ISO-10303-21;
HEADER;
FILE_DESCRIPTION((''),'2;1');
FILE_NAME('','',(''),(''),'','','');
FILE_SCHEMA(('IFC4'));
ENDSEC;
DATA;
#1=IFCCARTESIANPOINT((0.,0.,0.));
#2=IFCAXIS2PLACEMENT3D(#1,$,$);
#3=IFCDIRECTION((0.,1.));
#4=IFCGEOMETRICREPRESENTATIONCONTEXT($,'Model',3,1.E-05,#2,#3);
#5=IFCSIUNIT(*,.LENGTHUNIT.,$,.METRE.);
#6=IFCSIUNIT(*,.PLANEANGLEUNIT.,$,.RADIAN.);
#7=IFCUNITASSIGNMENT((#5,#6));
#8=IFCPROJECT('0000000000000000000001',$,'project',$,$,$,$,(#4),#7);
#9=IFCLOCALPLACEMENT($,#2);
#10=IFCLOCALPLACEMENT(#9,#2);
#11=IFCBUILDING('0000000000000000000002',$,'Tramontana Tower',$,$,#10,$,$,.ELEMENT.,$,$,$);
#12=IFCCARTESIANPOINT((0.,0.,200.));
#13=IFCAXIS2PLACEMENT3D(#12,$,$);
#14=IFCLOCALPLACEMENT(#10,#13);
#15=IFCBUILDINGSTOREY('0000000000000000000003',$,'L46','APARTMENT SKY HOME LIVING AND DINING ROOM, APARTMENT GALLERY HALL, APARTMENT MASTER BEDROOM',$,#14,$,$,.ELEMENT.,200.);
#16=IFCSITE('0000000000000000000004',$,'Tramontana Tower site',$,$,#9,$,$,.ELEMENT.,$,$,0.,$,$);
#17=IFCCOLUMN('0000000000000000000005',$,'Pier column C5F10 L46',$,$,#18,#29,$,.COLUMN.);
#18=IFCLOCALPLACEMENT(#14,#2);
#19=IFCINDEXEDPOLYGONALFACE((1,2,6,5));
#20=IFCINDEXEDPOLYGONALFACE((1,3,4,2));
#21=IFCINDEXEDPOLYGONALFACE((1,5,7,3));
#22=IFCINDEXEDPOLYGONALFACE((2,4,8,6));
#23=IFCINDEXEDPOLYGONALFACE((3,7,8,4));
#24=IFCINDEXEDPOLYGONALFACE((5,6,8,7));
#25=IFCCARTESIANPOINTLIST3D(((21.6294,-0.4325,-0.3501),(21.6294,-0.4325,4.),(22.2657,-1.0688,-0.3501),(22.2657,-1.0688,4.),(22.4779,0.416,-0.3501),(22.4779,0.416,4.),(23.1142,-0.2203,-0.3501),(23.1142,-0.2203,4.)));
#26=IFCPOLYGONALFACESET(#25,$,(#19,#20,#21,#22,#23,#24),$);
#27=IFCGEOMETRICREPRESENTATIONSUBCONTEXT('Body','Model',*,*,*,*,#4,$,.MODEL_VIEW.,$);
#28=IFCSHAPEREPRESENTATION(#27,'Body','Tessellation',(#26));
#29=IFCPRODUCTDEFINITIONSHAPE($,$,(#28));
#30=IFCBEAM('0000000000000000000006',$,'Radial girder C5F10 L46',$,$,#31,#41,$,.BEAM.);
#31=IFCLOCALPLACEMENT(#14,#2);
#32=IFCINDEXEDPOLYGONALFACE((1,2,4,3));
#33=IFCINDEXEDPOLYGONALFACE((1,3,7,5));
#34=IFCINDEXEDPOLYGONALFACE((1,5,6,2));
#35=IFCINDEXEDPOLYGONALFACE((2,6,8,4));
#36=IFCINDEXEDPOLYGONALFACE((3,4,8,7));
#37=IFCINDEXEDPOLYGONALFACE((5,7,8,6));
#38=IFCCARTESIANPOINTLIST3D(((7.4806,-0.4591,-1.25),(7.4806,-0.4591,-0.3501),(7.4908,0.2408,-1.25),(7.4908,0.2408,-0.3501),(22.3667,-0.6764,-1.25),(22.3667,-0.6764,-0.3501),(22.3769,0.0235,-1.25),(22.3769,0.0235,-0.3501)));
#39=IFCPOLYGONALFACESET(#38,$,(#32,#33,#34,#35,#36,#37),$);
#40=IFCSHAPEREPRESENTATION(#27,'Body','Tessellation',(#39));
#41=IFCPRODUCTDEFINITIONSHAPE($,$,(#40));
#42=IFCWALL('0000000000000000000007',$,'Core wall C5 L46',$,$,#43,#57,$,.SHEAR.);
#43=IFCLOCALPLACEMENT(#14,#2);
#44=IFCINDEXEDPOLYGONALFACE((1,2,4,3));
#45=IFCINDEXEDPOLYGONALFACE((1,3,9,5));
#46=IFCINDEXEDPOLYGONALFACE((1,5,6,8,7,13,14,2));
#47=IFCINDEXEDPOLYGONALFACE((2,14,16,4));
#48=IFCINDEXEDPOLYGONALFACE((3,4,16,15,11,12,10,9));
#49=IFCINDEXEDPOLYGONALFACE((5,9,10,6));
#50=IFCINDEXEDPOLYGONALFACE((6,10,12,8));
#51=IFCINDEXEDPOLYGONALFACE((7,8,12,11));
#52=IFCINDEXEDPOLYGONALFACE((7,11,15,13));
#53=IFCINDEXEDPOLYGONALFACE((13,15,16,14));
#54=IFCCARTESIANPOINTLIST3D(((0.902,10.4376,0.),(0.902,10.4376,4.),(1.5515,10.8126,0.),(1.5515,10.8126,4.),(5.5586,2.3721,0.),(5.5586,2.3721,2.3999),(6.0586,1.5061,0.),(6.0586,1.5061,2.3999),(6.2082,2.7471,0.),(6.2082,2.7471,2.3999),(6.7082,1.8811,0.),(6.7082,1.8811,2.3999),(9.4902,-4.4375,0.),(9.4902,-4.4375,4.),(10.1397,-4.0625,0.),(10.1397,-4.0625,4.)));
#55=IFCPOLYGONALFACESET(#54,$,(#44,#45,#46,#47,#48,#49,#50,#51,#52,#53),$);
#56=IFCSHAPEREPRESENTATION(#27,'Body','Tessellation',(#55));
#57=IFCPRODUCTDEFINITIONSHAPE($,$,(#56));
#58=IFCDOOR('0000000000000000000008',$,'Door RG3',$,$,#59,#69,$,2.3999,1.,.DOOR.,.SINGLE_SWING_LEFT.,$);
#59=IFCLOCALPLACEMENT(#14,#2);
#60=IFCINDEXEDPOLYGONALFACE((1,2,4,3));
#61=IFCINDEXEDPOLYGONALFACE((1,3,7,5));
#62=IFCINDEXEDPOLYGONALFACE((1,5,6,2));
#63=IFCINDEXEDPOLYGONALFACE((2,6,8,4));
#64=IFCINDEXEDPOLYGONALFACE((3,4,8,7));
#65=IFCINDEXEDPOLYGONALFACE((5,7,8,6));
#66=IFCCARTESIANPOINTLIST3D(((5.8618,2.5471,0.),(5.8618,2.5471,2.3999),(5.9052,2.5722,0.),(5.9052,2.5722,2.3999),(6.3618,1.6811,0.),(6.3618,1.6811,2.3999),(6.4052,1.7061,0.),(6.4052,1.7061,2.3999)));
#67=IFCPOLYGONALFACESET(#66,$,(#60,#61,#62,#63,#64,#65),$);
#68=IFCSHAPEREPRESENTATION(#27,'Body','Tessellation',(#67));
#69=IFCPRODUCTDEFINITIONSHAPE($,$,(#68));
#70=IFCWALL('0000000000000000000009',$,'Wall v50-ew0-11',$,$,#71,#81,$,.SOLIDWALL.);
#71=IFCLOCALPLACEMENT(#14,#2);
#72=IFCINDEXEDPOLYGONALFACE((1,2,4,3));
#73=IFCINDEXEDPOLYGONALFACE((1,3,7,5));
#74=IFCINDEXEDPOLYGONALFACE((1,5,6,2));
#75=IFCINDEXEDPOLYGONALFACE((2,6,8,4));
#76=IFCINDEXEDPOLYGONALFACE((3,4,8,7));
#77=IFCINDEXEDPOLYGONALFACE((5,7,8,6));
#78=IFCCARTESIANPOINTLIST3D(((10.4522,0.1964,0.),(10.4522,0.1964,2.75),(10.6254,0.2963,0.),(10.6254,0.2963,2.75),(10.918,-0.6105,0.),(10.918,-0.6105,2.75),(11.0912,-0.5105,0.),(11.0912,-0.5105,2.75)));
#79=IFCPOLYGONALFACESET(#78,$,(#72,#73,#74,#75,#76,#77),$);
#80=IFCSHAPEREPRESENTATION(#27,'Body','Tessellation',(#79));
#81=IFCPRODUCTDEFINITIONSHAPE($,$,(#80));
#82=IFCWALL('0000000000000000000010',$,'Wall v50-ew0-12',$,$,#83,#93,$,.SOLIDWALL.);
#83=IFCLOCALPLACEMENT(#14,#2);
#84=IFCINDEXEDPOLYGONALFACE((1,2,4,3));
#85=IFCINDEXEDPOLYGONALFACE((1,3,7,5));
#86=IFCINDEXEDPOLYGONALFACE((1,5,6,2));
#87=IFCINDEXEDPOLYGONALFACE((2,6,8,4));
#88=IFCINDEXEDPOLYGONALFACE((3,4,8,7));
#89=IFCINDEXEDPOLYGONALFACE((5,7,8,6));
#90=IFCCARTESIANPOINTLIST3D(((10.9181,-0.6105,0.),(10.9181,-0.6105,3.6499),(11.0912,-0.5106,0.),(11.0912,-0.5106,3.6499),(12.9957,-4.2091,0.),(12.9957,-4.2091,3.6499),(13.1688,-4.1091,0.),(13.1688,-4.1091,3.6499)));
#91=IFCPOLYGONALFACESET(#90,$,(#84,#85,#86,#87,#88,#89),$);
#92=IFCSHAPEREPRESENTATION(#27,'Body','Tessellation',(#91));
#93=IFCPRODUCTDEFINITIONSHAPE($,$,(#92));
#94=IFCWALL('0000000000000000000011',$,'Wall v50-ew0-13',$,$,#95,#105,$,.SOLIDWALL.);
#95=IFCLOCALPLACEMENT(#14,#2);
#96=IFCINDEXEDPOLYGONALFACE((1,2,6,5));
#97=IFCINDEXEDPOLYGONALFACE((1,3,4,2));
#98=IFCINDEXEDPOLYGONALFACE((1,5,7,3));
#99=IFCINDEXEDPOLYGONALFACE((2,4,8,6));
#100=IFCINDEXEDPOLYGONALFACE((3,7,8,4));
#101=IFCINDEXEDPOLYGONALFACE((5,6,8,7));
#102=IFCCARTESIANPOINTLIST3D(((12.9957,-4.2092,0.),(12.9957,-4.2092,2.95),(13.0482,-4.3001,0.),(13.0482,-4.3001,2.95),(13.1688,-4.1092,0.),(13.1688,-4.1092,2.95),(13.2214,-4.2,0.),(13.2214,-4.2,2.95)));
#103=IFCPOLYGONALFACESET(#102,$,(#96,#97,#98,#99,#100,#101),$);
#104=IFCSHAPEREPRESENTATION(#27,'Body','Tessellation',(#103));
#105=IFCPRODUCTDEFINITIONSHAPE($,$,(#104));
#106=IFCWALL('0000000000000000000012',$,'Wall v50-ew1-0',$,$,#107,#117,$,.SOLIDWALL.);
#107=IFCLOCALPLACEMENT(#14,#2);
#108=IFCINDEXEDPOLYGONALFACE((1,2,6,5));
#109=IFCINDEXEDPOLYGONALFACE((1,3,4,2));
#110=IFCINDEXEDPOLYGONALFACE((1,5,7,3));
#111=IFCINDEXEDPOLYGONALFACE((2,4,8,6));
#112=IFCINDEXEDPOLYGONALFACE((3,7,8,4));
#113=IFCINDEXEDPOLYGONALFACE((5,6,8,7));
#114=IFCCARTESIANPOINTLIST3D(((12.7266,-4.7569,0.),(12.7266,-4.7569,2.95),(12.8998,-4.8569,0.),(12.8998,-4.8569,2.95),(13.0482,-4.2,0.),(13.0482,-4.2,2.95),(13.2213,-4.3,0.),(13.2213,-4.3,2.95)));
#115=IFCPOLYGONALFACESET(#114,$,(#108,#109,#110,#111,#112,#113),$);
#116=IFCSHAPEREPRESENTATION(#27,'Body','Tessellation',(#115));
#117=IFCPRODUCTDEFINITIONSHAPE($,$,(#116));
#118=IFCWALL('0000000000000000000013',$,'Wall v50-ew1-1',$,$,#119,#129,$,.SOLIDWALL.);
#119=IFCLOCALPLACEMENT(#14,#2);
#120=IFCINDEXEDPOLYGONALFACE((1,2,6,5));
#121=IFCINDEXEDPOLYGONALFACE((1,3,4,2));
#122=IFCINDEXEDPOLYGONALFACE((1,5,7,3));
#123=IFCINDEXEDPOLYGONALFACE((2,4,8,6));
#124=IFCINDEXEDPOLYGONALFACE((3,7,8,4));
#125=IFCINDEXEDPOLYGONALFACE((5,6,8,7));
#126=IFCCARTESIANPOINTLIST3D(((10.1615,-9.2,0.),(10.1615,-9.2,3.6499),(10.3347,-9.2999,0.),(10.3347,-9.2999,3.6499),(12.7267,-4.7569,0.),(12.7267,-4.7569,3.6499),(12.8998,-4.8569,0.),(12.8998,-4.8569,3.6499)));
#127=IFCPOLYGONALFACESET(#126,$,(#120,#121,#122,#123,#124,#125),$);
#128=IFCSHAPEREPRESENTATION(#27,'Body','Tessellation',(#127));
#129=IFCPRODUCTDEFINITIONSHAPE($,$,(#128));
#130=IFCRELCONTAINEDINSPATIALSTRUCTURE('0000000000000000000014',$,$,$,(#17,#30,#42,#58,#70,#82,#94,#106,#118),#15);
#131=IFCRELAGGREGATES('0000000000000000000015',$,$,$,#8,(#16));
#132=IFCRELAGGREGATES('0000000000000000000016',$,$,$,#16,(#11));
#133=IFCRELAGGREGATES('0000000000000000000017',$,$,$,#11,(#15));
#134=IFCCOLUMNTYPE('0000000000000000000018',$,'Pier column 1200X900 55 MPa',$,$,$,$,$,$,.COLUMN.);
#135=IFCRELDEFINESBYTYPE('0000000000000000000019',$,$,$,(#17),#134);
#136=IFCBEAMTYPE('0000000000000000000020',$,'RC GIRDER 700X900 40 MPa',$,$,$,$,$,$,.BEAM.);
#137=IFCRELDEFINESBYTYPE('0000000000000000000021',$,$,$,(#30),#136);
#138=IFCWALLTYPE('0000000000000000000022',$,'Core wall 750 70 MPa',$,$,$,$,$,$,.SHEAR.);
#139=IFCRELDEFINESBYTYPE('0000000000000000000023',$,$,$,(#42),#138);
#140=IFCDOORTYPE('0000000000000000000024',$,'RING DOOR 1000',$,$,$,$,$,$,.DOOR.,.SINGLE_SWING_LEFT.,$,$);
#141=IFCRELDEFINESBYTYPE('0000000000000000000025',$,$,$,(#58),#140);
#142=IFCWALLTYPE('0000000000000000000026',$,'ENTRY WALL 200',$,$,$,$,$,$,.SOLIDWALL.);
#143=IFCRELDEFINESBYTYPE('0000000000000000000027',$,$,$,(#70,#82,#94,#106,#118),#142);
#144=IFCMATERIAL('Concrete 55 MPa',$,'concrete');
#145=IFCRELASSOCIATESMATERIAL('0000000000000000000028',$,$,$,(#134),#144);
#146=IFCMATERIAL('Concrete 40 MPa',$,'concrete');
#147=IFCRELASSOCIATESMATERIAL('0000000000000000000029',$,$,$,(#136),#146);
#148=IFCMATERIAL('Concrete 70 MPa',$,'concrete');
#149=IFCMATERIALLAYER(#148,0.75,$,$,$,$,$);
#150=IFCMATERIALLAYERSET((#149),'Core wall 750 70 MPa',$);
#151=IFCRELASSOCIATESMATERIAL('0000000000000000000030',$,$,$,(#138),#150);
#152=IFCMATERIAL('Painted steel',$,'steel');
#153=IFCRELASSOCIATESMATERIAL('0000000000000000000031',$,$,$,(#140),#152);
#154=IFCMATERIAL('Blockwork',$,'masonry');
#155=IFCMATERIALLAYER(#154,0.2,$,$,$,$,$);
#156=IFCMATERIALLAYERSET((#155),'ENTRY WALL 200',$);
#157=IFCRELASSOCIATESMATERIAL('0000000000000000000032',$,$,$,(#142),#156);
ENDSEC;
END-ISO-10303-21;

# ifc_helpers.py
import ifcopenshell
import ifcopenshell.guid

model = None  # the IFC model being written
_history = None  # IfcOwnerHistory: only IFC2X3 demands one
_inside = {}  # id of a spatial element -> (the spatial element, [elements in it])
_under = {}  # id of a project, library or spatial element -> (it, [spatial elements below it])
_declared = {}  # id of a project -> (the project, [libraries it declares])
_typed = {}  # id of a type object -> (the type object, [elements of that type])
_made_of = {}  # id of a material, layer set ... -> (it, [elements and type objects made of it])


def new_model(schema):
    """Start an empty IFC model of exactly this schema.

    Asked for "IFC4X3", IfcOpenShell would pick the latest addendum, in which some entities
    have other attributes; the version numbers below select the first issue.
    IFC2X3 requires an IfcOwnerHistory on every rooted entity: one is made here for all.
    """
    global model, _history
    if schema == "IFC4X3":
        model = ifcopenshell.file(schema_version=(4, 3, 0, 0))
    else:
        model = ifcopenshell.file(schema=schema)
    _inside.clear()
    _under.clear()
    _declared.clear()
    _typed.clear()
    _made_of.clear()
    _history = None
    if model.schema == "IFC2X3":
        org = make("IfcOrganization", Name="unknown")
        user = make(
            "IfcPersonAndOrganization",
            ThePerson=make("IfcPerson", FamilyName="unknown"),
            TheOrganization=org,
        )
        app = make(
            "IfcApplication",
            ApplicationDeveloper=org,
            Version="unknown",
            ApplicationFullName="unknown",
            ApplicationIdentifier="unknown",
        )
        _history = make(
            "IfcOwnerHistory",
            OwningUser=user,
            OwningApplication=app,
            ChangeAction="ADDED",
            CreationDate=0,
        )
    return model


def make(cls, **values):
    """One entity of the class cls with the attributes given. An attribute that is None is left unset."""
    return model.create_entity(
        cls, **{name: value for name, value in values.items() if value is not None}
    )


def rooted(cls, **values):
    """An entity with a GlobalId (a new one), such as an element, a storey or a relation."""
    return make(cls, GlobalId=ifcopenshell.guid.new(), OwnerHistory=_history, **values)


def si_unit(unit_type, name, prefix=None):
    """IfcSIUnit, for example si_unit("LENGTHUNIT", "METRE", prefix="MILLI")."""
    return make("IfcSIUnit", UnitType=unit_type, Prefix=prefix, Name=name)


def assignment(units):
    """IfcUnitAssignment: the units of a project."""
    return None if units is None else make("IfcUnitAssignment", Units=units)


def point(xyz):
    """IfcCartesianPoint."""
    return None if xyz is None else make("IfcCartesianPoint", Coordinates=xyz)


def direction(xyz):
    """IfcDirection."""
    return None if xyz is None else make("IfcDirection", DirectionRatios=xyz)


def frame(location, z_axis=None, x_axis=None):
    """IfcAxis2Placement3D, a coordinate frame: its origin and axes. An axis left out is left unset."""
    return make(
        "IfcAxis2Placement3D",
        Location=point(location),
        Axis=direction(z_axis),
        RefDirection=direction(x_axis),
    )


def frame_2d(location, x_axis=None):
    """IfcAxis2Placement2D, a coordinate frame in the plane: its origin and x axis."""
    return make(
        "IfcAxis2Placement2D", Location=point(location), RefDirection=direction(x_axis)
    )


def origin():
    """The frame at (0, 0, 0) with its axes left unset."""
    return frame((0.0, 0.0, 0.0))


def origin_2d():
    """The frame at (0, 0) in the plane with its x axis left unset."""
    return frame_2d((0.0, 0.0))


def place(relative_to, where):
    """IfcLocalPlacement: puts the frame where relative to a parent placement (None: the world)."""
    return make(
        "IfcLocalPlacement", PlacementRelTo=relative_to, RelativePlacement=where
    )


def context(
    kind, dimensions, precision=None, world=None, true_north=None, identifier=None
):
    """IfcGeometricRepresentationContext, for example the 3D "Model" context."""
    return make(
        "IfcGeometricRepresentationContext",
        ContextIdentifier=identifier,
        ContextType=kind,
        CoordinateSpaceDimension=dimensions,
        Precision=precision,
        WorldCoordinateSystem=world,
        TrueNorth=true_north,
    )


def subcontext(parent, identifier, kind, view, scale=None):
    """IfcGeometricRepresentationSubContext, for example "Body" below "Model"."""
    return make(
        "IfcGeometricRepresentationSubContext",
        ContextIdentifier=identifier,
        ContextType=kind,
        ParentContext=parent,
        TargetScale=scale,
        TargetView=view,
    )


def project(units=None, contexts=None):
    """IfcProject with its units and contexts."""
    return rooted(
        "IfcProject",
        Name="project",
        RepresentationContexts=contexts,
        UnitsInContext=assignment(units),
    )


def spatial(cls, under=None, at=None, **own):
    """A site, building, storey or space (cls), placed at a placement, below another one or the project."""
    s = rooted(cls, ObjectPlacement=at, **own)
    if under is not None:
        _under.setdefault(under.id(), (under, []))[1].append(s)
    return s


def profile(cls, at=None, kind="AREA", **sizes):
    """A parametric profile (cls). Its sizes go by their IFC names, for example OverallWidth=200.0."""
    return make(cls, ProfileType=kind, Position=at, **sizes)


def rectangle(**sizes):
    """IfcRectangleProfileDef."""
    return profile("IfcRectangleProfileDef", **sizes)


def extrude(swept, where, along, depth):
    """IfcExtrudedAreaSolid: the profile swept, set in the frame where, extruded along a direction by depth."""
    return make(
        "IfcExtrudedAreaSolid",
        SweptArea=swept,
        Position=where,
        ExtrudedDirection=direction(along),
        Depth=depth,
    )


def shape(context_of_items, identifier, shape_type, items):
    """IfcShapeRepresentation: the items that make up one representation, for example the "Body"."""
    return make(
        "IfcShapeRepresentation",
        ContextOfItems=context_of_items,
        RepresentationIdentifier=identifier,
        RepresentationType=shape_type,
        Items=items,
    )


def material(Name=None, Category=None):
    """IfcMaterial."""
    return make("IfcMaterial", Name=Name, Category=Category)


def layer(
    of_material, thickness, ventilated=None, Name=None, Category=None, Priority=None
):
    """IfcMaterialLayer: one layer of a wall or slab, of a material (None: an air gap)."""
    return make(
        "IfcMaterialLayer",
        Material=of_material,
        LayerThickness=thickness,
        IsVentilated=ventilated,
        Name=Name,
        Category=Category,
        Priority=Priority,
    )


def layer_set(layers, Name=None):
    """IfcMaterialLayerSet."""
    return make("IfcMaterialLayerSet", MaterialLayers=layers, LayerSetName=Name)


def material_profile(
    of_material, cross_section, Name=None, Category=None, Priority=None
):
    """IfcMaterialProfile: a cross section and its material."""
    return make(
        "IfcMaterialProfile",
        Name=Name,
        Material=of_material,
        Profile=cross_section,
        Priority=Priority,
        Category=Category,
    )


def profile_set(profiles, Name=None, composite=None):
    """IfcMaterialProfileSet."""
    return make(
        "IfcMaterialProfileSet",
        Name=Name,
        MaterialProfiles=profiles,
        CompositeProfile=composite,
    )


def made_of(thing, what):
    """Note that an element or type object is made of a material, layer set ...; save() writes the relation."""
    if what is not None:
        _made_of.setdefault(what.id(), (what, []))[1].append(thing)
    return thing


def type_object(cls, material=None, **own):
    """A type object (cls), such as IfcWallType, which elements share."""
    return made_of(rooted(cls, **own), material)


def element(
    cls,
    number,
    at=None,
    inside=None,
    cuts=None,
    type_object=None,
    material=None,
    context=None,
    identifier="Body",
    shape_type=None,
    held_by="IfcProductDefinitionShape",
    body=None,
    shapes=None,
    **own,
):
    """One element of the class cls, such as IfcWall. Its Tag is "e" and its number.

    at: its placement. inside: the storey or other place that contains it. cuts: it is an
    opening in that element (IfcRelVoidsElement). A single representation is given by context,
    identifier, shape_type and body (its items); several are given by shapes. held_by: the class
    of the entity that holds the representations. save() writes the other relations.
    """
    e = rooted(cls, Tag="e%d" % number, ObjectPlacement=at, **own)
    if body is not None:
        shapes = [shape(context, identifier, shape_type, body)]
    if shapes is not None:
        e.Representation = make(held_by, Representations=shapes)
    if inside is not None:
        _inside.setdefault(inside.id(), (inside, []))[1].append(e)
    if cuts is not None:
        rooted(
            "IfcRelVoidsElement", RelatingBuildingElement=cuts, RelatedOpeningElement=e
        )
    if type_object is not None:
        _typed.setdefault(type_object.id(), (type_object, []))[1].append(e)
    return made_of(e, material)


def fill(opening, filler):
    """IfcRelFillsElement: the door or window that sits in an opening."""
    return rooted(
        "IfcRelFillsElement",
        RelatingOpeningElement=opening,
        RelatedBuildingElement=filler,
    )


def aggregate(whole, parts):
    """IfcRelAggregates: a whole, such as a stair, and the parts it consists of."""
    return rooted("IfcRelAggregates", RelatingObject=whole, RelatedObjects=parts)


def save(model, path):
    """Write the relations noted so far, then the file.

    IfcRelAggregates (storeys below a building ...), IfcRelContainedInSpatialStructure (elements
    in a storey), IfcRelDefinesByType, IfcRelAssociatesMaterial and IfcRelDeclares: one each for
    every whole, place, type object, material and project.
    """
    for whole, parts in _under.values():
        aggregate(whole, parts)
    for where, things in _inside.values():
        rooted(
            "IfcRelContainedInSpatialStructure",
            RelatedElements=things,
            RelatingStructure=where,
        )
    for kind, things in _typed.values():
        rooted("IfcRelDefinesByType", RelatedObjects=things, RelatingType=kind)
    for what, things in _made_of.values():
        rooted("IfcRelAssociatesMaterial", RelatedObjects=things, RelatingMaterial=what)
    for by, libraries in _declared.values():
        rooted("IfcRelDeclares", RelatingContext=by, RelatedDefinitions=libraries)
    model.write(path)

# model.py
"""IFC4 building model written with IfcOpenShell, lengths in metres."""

from ifc_helpers import new_model, si_unit, direction, frame, frame_2d, origin, origin_2d, place, context, subcontext, project, spatial, rectangle, extrude, material, layer, layer_set, material_profile, profile_set, type_object, element, fill, save


model = new_model("IFC4")

# Units and contexts
model_context = context("Model", 3, precision=1e-05, world=origin(), true_north=direction((0.0, 1.0)))
body_context = subcontext(model_context, "Body", "Model", "MODEL_VIEW")
ifc_project = project(units=[si_unit("LENGTHUNIT", "METRE"), si_unit("PLANEANGLEUNIT", "RADIAN")], contexts=[model_context])

# Site, building, storey
site_placement = place(None, origin())
site = spatial("IfcSite", under=ifc_project, at=site_placement, Name="Tramontana Tower site", CompositionType="ELEMENT", RefElevation=0.0)
building_placement = place(site_placement, origin())
building = spatial("IfcBuilding", under=site, at=building_placement, Name="Tramontana Tower", CompositionType="ELEMENT")
storey_placement = place(building_placement, frame((0.0, 0.0, 200.0)))
storey = spatial("IfcBuildingStorey", under=building, at=storey_placement, Name="L46", Description="APARTMENT SKY HOME LIVING AND DINING ROOM, APARTMENT GALLERY HALL, APARTMENT MASTER BEDROOM", CompositionType="ELEMENT", Elevation=200.0)

# Column
ifc_material_1 = material(Name="Concrete 55 MPa", Category="concrete")
ifc_material_profile_1 = material_profile(ifc_material_1, rectangle(XDim=1.2, YDim=0.8999, at=origin_2d()), Name="Pier column 1200X900 55 MPa")
ifc_profile_set_1 = profile_set([ifc_material_profile_1], Name="Concrete 55 MPa")
column_type = type_object("IfcColumnType", Name="Pier column 1200X900 55 MPa", PredefinedType="COLUMN", material=ifc_profile_set_1)
column_placement = place(storey_placement, frame((22.3718, -0.3264, -0.3501), z_axis=(0.0, 0.0, 1.0), x_axis=(0.707107, 0.707107, 0.0)))
element("IfcColumn", 1, at=column_placement, inside=storey, type_object=column_type, Name="Pier column C5F10 L46", PredefinedType="COLUMN", context=body_context, shape_type="SweptSolid", body=[
    extrude(rectangle(XDim=1.2, YDim=0.8999, at=origin_2d()), origin(), (0.0, 0.0, 1.0), 4.3501),
])

# Beam
ifc_material_2 = material(Name="Concrete 40 MPa", Category="concrete")
ifc_material_profile_2 = material_profile(ifc_material_2, rectangle(XDim=0.7, YDim=0.8999, at=origin_2d()), Name="RC GIRDER 700X900 40 MPa")
ifc_profile_set_2 = profile_set([ifc_material_profile_2], Name="Concrete 40 MPa")
beam_type = type_object("IfcBeamType", Name="RC GIRDER 700X900 40 MPa", PredefinedType="BEAM", material=ifc_profile_set_2)
beam_placement = place(storey_placement, frame((22.3718, -0.3264, -0.8), z_axis=(-0.999893, 0.014595, 0.0), x_axis=(-0.014595, -0.999893, 0.0)))
element("IfcBeam", 2, at=beam_placement, inside=storey, type_object=beam_type, Name="Radial girder C5F10 L46", PredefinedType="BEAM", context=body_context, shape_type="SweptSolid", body=[
    extrude(rectangle(XDim=0.7, YDim=0.8999, at=origin_2d()), origin(), (0.0, 0.0, 1.0), 14.8877),
])

# Wall, opening, door
ifc_material_3 = material(Name="Concrete 70 MPa", Category="concrete")
ifc_layer_1 = layer(ifc_material_3, 0.75)
ifc_layer_set_1 = layer_set([ifc_layer_1], Name="Core wall 750 70 MPa")
wall_type_1 = type_object("IfcWallType", Name="Core wall 750 70 MPa", PredefinedType="SHEAR", material=ifc_layer_set_1)
wall_1_placement = place(storey_placement, frame((9.8149, -4.25, 0.0), z_axis=(0.0, 0.0, 1.0), x_axis=(-0.500002, 0.866024, 0.0)))
wall_1 = element("IfcWall", 3, at=wall_1_placement, inside=storey, type_object=wall_type_1, Name="Core wall C5 L46", PredefinedType="SHEAR", context=body_context, shape_type="SweptSolid", body=[
    extrude(rectangle(XDim=17.1763, YDim=0.75, at=frame_2d((8.5881, 0.0))), origin(), (0.0, 0.0, 1.0), 4.0),
])
opening_1_placement = place(wall_1_placement, frame((6.863, 0.0, 0.0)))
opening_1 = element("IfcOpeningElement", 4, at=opening_1_placement, cuts=wall_1, PredefinedType="OPENING", context=body_context, shape_type="SweptSolid", body=[
    extrude(rectangle(XDim=1.0, YDim=2.3999, at=frame_2d((0.5, 1.2))), frame((0.0, 0.385, 0.0), z_axis=(0.0, -1.0, 0.0), x_axis=(1.0, 0.0, 0.0)), (0.0, 0.0, 1.0), 0.77),
])
ifc_material_4 = material(Name="Painted steel", Category="steel")
door_type_1 = type_object("IfcDoorType", Name="RING DOOR 1000", OperationType="SINGLE_SWING_LEFT", PredefinedType="DOOR", material=ifc_material_4)
door_1_placement = place(opening_1_placement, origin())
door_1 = element("IfcDoor", 5, at=door_1_placement, inside=storey, type_object=door_type_1, Name="Door RG3", OperationType="SINGLE_SWING_LEFT", OverallHeight=2.3999, OverallWidth=1.0, PredefinedType="DOOR", context=body_context, shape_type="SweptSolid", body=[
    extrude(rectangle(XDim=1.0, YDim=2.3999, at=frame_2d((0.5, 1.2))), frame((0.0, 0.0249, 0.0), z_axis=(0.0, -1.0, 0.0), x_axis=(1.0, 0.0, 0.0)), (0.0, 0.0, 1.0), 0.05),
])
fill(opening_1, door_1)

# Walls
ifc_material_5 = material(Name="Blockwork", Category="masonry")
ifc_layer_2 = layer(ifc_material_5, 0.2)
ifc_layer_set_2 = layer_set([ifc_layer_2], Name="ENTRY WALL 200")
wall_type_2 = type_object("IfcWallType", Name="ENTRY WALL 200", PredefinedType="SOLIDWALL", material=ifc_layer_set_2)
wall_2_placement = place(storey_placement, frame((10.5388, 0.2463, 0.0), z_axis=(0.0, 0.0, 1.0), x_axis=(0.499972, -0.866042, 0.0)))
element("IfcWall", 6, at=wall_2_placement, inside=storey, type_object=wall_type_2, Name="Wall v50-ew0-11", PredefinedType="SOLIDWALL", context=body_context, shape_type="SweptSolid", body=[
    extrude(rectangle(XDim=0.9316, YDim=0.2, at=frame_2d((0.4658, 0.0))), origin(), (0.0, 0.0, 1.0), 2.75),
])
wall_3_placement = place(storey_placement, frame((11.0046, -0.5605, 0.0), z_axis=(0.0, 0.0, 1.0), x_axis=(0.499994, -0.866029, 0.0)))
element("IfcWall", 7, at=wall_3_placement, inside=storey, type_object=wall_type_2, Name="Wall v50-ew0-12", PredefinedType="SOLIDWALL", context=body_context, shape_type="SweptSolid", body=[
    extrude(rectangle(XDim=4.1553, YDim=0.2, at=frame_2d((2.0776, 0.0))), origin(), (0.0, 0.0, 1.0), 3.6499),
])
wall_4_placement = place(storey_placement, frame((13.0823, -4.1592, 0.0), z_axis=(0.0, 0.0, 1.0), x_axis=(0.500394, -0.865798, 0.0)))
element("IfcWall", 8, at=wall_4_placement, inside=storey, type_object=wall_type_2, Name="Wall v50-ew0-13", PredefinedType="SOLIDWALL", context=body_context, shape_type="SweptSolid", body=[
    extrude(rectangle(XDim=0.105, YDim=0.2, at=frame_2d((0.0525, 0.0))), origin(), (0.0, 0.0, 1.0), 2.95),
])
wall_5_placement = place(storey_placement, frame((13.1348, -4.25, 0.0), z_axis=(0.0, 0.0, 1.0), x_axis=(-0.500018, -0.866015, 0.0)))
element("IfcWall", 9, at=wall_5_placement, inside=storey, type_object=wall_type_2, Name="Wall v50-ew1-0", PredefinedType="SOLIDWALL", context=body_context, shape_type="SweptSolid", body=[
    extrude(rectangle(XDim=0.6431, YDim=0.2, at=frame_2d((0.3215, 0.0))), origin(), (0.0, 0.0, 1.0), 2.95),
])
wall_6_placement = place(storey_placement, frame((12.8132, -4.8069, 0.0), z_axis=(0.0, 0.0, 1.0), x_axis=(-0.499993, -0.866029, 0.0)))
element("IfcWall", 10, at=wall_6_placement, inside=storey, type_object=wall_type_2, Name="Wall v50-ew1-1", PredefinedType="SOLIDWALL", context=body_context, shape_type="SweptSolid", body=[
    extrude(rectangle(XDim=5.1304, YDim=0.2, at=frame_2d((2.5652, 0.0))), origin(), (0.0, 0.0, 1.0), 3.6499),
])

save(model, "model.ifc")
